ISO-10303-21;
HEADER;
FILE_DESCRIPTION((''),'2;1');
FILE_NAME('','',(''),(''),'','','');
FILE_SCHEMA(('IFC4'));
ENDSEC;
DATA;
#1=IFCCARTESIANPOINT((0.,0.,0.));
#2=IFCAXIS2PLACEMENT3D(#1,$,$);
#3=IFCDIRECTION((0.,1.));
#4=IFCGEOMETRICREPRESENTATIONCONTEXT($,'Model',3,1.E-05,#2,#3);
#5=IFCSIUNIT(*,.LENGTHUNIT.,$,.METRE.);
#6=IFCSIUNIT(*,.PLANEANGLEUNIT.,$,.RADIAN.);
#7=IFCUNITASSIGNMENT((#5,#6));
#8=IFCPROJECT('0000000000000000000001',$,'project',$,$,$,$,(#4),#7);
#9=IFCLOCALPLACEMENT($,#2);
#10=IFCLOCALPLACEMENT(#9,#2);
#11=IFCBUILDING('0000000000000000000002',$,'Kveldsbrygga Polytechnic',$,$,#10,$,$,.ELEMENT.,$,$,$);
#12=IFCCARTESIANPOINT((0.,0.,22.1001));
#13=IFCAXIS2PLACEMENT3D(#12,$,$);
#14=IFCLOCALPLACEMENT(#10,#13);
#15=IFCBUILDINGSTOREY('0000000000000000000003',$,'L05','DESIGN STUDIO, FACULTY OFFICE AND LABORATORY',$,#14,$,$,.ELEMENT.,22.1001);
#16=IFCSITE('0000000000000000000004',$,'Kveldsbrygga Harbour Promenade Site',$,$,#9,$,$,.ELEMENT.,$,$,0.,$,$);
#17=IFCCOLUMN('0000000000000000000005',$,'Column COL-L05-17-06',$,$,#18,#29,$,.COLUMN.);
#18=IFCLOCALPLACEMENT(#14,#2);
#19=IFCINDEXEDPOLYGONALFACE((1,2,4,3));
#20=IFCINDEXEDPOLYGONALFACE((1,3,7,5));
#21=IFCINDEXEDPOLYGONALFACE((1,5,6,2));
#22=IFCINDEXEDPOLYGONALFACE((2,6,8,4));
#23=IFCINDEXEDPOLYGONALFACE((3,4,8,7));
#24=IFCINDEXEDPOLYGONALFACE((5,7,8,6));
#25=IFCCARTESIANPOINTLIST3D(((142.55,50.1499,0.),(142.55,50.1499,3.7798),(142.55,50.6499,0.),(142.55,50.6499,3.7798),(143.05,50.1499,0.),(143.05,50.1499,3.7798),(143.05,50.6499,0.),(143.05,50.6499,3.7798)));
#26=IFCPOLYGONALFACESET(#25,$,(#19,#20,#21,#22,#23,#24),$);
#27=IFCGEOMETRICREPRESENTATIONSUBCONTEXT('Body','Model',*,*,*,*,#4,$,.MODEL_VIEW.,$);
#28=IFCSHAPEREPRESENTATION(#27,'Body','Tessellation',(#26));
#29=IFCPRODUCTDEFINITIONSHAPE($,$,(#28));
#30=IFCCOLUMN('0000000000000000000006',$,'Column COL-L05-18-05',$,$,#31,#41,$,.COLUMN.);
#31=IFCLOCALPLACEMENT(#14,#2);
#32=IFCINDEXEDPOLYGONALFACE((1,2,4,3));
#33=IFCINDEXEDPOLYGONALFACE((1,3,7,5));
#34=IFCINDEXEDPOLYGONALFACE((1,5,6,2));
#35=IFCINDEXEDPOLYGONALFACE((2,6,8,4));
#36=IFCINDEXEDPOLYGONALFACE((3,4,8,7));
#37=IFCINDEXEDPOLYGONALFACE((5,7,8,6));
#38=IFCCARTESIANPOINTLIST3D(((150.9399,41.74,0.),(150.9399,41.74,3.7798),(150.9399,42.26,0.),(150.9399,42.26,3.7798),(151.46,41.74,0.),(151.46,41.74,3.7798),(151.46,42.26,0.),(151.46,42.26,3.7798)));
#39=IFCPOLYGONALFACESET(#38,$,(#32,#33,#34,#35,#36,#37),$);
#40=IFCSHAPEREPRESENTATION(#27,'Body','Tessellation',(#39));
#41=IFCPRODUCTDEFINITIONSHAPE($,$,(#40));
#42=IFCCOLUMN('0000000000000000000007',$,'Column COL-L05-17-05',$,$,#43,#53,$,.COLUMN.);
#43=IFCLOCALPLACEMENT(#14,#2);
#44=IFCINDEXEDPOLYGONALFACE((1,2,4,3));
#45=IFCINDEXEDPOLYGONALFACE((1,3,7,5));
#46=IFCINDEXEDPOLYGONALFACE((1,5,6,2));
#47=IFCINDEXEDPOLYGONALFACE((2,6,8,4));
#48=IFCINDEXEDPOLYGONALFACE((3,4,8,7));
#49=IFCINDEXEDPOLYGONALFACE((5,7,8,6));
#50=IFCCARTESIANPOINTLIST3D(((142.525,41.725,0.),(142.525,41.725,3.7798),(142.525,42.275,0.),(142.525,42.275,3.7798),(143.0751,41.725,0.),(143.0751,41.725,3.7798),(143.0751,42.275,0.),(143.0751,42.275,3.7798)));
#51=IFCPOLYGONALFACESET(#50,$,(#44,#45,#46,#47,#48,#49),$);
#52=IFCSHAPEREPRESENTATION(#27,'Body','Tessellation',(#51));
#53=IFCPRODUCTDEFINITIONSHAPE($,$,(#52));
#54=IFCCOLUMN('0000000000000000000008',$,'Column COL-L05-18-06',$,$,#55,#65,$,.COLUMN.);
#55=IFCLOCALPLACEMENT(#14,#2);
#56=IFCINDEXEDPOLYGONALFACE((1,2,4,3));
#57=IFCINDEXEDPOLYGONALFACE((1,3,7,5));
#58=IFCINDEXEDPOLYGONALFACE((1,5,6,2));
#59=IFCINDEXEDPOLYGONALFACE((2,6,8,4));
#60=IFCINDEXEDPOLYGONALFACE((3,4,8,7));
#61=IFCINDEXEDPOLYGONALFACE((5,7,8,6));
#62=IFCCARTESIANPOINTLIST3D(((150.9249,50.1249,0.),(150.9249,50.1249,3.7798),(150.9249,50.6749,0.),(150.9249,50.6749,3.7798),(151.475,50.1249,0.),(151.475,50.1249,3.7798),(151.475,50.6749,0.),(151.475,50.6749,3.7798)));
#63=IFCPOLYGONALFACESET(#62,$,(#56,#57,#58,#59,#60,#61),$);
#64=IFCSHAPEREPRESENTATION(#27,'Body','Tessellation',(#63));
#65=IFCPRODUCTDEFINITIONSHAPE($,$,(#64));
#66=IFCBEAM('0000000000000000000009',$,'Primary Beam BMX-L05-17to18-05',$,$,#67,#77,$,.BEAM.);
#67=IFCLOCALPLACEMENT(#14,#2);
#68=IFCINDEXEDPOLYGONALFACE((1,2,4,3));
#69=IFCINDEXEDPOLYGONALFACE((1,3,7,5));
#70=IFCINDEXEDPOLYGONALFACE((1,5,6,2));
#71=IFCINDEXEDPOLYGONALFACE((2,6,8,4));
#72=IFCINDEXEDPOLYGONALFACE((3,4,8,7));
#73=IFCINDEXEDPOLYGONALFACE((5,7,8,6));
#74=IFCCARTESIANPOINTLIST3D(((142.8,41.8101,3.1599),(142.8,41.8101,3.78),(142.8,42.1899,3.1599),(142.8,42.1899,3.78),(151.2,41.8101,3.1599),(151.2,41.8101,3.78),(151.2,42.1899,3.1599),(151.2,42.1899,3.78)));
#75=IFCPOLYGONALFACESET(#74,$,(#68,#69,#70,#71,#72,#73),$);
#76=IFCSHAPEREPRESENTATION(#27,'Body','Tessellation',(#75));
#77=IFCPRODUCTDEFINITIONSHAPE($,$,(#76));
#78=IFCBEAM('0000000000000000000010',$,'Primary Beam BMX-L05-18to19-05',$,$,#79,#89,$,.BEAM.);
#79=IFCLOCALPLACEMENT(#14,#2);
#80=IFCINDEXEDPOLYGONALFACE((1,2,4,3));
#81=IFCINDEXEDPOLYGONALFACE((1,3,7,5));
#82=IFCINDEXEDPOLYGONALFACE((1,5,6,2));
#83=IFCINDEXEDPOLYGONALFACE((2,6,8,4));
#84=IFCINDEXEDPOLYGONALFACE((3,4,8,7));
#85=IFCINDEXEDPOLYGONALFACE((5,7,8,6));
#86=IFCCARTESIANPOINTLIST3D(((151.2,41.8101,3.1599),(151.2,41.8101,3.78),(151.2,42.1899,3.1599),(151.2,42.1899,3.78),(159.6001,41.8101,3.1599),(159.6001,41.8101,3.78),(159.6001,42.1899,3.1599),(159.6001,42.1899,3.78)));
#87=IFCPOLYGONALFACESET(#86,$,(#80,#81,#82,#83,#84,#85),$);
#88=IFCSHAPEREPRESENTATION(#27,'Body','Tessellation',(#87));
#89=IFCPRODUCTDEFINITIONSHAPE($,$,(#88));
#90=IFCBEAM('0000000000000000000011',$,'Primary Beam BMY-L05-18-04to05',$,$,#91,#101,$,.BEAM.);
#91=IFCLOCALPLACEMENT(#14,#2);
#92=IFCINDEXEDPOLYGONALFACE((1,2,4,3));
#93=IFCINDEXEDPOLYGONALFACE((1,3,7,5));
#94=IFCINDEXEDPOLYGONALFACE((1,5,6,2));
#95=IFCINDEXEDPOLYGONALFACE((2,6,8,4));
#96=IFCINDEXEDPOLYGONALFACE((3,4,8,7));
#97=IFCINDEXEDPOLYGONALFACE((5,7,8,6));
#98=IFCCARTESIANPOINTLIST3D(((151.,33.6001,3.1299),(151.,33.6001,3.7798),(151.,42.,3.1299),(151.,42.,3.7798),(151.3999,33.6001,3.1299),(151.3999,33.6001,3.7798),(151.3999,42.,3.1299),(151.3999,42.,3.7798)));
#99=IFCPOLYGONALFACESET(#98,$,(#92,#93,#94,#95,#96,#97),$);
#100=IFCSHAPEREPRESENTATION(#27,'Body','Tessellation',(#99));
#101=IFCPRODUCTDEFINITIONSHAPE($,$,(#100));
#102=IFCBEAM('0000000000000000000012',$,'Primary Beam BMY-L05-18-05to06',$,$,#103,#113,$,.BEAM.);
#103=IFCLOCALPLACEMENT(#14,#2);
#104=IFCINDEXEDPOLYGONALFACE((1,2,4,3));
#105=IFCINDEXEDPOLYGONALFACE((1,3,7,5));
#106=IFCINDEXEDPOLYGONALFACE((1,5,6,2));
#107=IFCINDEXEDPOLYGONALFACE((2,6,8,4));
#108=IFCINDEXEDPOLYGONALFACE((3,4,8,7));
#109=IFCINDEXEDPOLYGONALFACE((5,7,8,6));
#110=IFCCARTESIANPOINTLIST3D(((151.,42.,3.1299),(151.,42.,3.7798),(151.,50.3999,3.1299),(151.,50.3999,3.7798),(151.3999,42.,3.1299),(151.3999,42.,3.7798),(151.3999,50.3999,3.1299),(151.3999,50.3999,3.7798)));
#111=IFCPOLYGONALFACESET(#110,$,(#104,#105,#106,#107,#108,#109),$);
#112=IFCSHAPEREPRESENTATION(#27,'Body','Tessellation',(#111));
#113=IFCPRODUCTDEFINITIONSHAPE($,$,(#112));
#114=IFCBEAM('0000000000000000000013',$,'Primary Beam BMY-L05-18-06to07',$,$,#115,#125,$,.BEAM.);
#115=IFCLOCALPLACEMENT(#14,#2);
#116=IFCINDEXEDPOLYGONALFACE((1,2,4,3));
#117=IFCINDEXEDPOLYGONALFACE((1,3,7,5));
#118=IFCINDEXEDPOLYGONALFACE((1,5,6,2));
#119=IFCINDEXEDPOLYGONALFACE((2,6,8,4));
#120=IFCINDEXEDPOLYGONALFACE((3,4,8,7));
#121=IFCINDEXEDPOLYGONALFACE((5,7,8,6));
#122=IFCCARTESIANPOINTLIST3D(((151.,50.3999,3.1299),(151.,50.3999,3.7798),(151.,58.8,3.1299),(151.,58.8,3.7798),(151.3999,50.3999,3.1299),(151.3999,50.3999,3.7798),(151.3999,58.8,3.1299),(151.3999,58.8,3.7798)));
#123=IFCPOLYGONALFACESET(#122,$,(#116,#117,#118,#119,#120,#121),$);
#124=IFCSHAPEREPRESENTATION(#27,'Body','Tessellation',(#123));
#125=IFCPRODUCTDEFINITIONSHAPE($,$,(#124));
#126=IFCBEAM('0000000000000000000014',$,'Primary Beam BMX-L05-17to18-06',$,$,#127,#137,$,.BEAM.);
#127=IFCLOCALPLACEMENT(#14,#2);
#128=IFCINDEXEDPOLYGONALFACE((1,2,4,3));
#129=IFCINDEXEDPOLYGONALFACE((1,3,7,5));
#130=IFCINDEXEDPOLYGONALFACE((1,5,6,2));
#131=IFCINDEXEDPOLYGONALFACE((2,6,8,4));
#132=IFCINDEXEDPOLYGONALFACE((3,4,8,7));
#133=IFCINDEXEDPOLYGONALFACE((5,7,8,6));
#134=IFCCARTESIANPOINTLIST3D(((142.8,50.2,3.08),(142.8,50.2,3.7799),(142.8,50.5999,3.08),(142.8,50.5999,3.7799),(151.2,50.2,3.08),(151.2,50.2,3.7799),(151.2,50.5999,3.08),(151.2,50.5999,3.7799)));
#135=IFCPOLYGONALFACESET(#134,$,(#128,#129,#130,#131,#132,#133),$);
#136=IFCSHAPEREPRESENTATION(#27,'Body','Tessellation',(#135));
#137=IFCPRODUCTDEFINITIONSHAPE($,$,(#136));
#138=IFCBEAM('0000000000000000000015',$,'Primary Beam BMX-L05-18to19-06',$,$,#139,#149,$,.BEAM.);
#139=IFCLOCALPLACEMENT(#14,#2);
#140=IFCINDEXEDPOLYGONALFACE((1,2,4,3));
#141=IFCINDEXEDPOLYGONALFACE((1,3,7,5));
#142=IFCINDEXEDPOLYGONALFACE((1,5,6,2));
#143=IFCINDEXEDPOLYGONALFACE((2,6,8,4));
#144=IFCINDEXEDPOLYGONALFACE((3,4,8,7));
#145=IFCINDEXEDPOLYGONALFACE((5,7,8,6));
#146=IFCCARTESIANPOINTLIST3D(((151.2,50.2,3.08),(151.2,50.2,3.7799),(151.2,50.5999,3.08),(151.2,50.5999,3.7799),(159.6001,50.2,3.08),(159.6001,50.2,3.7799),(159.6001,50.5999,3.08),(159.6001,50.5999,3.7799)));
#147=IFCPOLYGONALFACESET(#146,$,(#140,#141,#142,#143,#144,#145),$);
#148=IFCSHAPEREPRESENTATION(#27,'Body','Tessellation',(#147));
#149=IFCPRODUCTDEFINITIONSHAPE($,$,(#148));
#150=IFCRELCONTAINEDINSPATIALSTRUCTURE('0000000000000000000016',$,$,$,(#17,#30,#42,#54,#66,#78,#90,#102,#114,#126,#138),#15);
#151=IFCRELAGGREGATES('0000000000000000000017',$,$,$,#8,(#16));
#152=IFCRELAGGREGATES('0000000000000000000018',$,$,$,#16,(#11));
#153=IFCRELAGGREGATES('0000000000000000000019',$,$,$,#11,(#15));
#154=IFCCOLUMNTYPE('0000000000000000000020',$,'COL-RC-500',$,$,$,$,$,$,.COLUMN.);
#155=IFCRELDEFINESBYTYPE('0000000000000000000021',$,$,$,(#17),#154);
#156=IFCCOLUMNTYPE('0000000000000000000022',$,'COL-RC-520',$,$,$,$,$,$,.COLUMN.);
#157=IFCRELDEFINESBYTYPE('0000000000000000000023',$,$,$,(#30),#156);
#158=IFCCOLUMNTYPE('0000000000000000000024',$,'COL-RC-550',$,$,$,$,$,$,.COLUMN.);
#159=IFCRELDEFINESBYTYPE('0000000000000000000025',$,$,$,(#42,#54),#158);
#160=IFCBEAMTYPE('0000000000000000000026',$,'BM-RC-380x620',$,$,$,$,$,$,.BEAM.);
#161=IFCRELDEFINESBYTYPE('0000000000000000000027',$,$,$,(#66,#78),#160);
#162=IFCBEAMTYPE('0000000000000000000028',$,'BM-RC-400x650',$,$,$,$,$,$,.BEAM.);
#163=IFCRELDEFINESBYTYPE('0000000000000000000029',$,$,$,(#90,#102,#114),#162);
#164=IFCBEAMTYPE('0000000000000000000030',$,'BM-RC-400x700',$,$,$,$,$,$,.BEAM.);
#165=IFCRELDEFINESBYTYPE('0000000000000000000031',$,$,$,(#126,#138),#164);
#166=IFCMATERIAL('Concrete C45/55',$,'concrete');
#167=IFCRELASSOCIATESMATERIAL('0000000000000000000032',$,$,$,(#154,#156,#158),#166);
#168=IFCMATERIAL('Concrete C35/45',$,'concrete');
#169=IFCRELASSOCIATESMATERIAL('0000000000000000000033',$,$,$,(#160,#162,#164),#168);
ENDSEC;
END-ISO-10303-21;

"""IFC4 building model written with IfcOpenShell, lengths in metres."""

from ifc_helpers import new_model, si_unit, direction, frame, origin, origin_2d, place, context, subcontext, project, spatial, rectangle, extrude, material, material_profile, profile_set, type_object, element, save


model = new_model("IFC4")

# Units and contexts
model_context = context("Model", 3, precision=1e-05, world=origin(), true_north=direction((0.0, 1.0)))
body_context = subcontext(model_context, "Body", "Model", "MODEL_VIEW")
ifc_project = project(units=[si_unit("LENGTHUNIT", "METRE"), si_unit("PLANEANGLEUNIT", "RADIAN")], contexts=[model_context])

# Site, building, storey
site_placement = place(None, origin())
site = spatial("IfcSite", under=ifc_project, at=site_placement, Name="Kveldsbrygga Harbour Promenade Site", CompositionType="ELEMENT", RefElevation=0.0)
building_placement = place(site_placement, origin())
building = spatial("IfcBuilding", under=site, at=building_placement, Name="Kveldsbrygga Polytechnic", CompositionType="ELEMENT")
storey_placement = place(building_placement, frame((0.0, 0.0, 22.1001)))
storey = spatial("IfcBuildingStorey", under=building, at=storey_placement, Name="L05", Description="DESIGN STUDIO, FACULTY OFFICE AND LABORATORY", CompositionType="ELEMENT", Elevation=22.1001)

# Columns
ifc_material_1 = material(Name="Concrete C45/55", Category="concrete")
ifc_material_profile_1 = material_profile(ifc_material_1, rectangle(XDim=0.5, YDim=0.5, at=origin_2d()), Name="RC 500x500")
ifc_profile_set_1 = profile_set([ifc_material_profile_1], Name="Concrete C45/55")
column_type_1 = type_object("IfcColumnType", Name="COL-RC-500", PredefinedType="COLUMN", material=ifc_profile_set_1)
column_1_placement = place(storey_placement, frame((142.8, 50.3999, 0.0), z_axis=(0.0, 0.0, 1.0), x_axis=(1.0, 0.0, 0.0)))
element("IfcColumn", 1, at=column_1_placement, inside=storey, type_object=column_type_1, Name="Column COL-L05-17-06", PredefinedType="COLUMN", context=body_context, shape_type="SweptSolid", body=[
    extrude(rectangle(XDim=0.5, YDim=0.5, at=origin_2d()), origin(), (0.0, 0.0, 1.0), 3.7798),
])
ifc_material_profile_2 = material_profile(ifc_material_1, rectangle(XDim=0.52, YDim=0.52, at=origin_2d()), Name="RC 520x520")
ifc_profile_set_2 = profile_set([ifc_material_profile_2], Name="Concrete C45/55")
column_type_2 = type_object("IfcColumnType", Name="COL-RC-520", PredefinedType="COLUMN", material=ifc_profile_set_2)
column_2_placement = place(storey_placement, frame((151.2, 42.0, 0.0), z_axis=(0.0, 0.0, 1.0), x_axis=(1.0, 0.0, 0.0)))
element("IfcColumn", 2, at=column_2_placement, inside=storey, type_object=column_type_2, Name="Column COL-L05-18-05", PredefinedType="COLUMN", context=body_context, shape_type="SweptSolid", body=[
    extrude(rectangle(XDim=0.52, YDim=0.52, at=origin_2d()), origin(), (0.0, 0.0, 1.0), 3.7798),
])
ifc_material_profile_3 = material_profile(ifc_material_1, rectangle(XDim=0.55, YDim=0.55, at=origin_2d()), Name="RC 550x550")
ifc_profile_set_3 = profile_set([ifc_material_profile_3], Name="Concrete C45/55")
column_type_3 = type_object("IfcColumnType", Name="COL-RC-550", PredefinedType="COLUMN", material=ifc_profile_set_3)
for number, where, z_axis, x_axis, name in (
    (3, (142.8, 42.0, 0.0), (0.0, 0.0, 1.0), (1.0, 0.0, 0.0), "Column COL-L05-17-05"),
    (4, (151.2, 50.3999, 0.0), (0.0, 0.0, 1.0), (1.0, 0.0, 0.0), "Column COL-L05-18-06"),
):
    element("IfcColumn", number, at=place(storey_placement, frame(where, z_axis=z_axis, x_axis=x_axis)), inside=storey, type_object=column_type_3, Name=name, PredefinedType="COLUMN", context=body_context, shape_type="SweptSolid", body=[
        extrude(rectangle(XDim=0.55, YDim=0.55, at=origin_2d()), origin(), (0.0, 0.0, 1.0), 3.7798),
    ])

# Beams
ifc_material_2 = material(Name="Concrete C35/45", Category="concrete")
ifc_material_profile_4 = material_profile(ifc_material_2, rectangle(XDim=0.3799, YDim=0.6201, at=origin_2d()), Name="RC 380x620")
ifc_profile_set_4 = profile_set([ifc_material_profile_4], Name="Concrete C35/45")
beam_type_1 = type_object("IfcBeamType", Name="BM-RC-380x620", PredefinedType="BEAM", material=ifc_profile_set_4)
beam_1_placement = place(storey_placement, frame((142.8, 42.0, 3.47), z_axis=(1.0, 0.0, 0.0), x_axis=(0.0, 1.0, 0.0)))
element("IfcBeam", 5, at=beam_1_placement, inside=storey, type_object=beam_type_1, Name="Primary Beam BMX-L05-17to18-05", PredefinedType="BEAM", context=body_context, shape_type="SweptSolid", body=[
    extrude(rectangle(XDim=0.3799, YDim=0.6201, at=origin_2d()), origin(), (0.0, 0.0, 1.0), 8.3999),
])
beam_2_placement = place(storey_placement, frame((151.2, 42.0, 3.47), z_axis=(1.0, 0.0, 0.0), x_axis=(0.0, 1.0, 0.0)))
element("IfcBeam", 6, at=beam_2_placement, inside=storey, type_object=beam_type_1, Name="Primary Beam BMX-L05-18to19-05", PredefinedType="BEAM", context=body_context, shape_type="SweptSolid", body=[
    extrude(rectangle(XDim=0.3799, YDim=0.6201, at=origin_2d()), origin(), (0.0, 0.0, 1.0), 8.4001),
])
ifc_material_profile_5 = material_profile(ifc_material_2, rectangle(XDim=0.3999, YDim=0.6499, at=origin_2d()), Name="RC 400x650")
ifc_profile_set_5 = profile_set([ifc_material_profile_5], Name="Concrete C35/45")
beam_type_2 = type_object("IfcBeamType", Name="BM-RC-400x650", PredefinedType="BEAM", material=ifc_profile_set_5)
for number, where, z_axis, x_axis, name in (
    (7, (151.2, 33.6001, 3.4548), (0.0, 1.0, 0.0), (-1.0, 0.0, 0.0), "Primary Beam BMY-L05-18-04to05"),
    (8, (151.2, 42.0, 3.4548), (0.0, 1.0, 0.0), (-1.0, 0.0, 0.0), "Primary Beam BMY-L05-18-05to06"),
):
    element("IfcBeam", number, at=place(storey_placement, frame(where, z_axis=z_axis, x_axis=x_axis)), inside=storey, type_object=beam_type_2, Name=name, PredefinedType="BEAM", context=body_context, shape_type="SweptSolid", body=[
        extrude(rectangle(XDim=0.3999, YDim=0.6499, at=origin_2d()), origin(), (0.0, 0.0, 1.0), 8.3999),
    ])
beam_3_placement = place(storey_placement, frame((151.2, 50.3999, 3.4548), z_axis=(0.0, 1.0, 0.0), x_axis=(-1.0, 0.0, 0.0)))
element("IfcBeam", 9, at=beam_3_placement, inside=storey, type_object=beam_type_2, Name="Primary Beam BMY-L05-18-06to07", PredefinedType="BEAM", context=body_context, shape_type="SweptSolid", body=[
    extrude(rectangle(XDim=0.3999, YDim=0.6499, at=origin_2d()), origin(), (0.0, 0.0, 1.0), 8.4001),
])
ifc_material_profile_6 = material_profile(ifc_material_2, rectangle(XDim=0.3999, YDim=0.7, at=origin_2d()), Name="RC 400x700")
ifc_profile_set_6 = profile_set([ifc_material_profile_6], Name="Concrete C35/45")
beam_type_3 = type_object("IfcBeamType", Name="BM-RC-400x700", PredefinedType="BEAM", material=ifc_profile_set_6)
beam_4_placement = place(storey_placement, frame((142.8, 50.3999, 3.4299), z_axis=(1.0, 0.0, 0.0), x_axis=(0.0, 1.0, 0.0)))
element("IfcBeam", 10, at=beam_4_placement, inside=storey, type_object=beam_type_3, Name="Primary Beam BMX-L05-17to18-06", PredefinedType="BEAM", context=body_context, shape_type="SweptSolid", body=[
    extrude(rectangle(XDim=0.3999, YDim=0.7, at=origin_2d()), origin(), (0.0, 0.0, 1.0), 8.3999),
])
beam_5_placement = place(storey_placement, frame((151.2, 50.3999, 3.4299), z_axis=(1.0, 0.0, 0.0), x_axis=(0.0, 1.0, 0.0)))
element("IfcBeam", 11, at=beam_5_placement, inside=storey, type_object=beam_type_3, Name="Primary Beam BMX-L05-18to19-06", PredefinedType="BEAM", context=body_context, shape_type="SweptSolid", body=[
    extrude(rectangle(XDim=0.3999, YDim=0.7, at=origin_2d()), origin(), (0.0, 0.0, 1.0), 8.4001),
])

save(model, "model.ifc")
